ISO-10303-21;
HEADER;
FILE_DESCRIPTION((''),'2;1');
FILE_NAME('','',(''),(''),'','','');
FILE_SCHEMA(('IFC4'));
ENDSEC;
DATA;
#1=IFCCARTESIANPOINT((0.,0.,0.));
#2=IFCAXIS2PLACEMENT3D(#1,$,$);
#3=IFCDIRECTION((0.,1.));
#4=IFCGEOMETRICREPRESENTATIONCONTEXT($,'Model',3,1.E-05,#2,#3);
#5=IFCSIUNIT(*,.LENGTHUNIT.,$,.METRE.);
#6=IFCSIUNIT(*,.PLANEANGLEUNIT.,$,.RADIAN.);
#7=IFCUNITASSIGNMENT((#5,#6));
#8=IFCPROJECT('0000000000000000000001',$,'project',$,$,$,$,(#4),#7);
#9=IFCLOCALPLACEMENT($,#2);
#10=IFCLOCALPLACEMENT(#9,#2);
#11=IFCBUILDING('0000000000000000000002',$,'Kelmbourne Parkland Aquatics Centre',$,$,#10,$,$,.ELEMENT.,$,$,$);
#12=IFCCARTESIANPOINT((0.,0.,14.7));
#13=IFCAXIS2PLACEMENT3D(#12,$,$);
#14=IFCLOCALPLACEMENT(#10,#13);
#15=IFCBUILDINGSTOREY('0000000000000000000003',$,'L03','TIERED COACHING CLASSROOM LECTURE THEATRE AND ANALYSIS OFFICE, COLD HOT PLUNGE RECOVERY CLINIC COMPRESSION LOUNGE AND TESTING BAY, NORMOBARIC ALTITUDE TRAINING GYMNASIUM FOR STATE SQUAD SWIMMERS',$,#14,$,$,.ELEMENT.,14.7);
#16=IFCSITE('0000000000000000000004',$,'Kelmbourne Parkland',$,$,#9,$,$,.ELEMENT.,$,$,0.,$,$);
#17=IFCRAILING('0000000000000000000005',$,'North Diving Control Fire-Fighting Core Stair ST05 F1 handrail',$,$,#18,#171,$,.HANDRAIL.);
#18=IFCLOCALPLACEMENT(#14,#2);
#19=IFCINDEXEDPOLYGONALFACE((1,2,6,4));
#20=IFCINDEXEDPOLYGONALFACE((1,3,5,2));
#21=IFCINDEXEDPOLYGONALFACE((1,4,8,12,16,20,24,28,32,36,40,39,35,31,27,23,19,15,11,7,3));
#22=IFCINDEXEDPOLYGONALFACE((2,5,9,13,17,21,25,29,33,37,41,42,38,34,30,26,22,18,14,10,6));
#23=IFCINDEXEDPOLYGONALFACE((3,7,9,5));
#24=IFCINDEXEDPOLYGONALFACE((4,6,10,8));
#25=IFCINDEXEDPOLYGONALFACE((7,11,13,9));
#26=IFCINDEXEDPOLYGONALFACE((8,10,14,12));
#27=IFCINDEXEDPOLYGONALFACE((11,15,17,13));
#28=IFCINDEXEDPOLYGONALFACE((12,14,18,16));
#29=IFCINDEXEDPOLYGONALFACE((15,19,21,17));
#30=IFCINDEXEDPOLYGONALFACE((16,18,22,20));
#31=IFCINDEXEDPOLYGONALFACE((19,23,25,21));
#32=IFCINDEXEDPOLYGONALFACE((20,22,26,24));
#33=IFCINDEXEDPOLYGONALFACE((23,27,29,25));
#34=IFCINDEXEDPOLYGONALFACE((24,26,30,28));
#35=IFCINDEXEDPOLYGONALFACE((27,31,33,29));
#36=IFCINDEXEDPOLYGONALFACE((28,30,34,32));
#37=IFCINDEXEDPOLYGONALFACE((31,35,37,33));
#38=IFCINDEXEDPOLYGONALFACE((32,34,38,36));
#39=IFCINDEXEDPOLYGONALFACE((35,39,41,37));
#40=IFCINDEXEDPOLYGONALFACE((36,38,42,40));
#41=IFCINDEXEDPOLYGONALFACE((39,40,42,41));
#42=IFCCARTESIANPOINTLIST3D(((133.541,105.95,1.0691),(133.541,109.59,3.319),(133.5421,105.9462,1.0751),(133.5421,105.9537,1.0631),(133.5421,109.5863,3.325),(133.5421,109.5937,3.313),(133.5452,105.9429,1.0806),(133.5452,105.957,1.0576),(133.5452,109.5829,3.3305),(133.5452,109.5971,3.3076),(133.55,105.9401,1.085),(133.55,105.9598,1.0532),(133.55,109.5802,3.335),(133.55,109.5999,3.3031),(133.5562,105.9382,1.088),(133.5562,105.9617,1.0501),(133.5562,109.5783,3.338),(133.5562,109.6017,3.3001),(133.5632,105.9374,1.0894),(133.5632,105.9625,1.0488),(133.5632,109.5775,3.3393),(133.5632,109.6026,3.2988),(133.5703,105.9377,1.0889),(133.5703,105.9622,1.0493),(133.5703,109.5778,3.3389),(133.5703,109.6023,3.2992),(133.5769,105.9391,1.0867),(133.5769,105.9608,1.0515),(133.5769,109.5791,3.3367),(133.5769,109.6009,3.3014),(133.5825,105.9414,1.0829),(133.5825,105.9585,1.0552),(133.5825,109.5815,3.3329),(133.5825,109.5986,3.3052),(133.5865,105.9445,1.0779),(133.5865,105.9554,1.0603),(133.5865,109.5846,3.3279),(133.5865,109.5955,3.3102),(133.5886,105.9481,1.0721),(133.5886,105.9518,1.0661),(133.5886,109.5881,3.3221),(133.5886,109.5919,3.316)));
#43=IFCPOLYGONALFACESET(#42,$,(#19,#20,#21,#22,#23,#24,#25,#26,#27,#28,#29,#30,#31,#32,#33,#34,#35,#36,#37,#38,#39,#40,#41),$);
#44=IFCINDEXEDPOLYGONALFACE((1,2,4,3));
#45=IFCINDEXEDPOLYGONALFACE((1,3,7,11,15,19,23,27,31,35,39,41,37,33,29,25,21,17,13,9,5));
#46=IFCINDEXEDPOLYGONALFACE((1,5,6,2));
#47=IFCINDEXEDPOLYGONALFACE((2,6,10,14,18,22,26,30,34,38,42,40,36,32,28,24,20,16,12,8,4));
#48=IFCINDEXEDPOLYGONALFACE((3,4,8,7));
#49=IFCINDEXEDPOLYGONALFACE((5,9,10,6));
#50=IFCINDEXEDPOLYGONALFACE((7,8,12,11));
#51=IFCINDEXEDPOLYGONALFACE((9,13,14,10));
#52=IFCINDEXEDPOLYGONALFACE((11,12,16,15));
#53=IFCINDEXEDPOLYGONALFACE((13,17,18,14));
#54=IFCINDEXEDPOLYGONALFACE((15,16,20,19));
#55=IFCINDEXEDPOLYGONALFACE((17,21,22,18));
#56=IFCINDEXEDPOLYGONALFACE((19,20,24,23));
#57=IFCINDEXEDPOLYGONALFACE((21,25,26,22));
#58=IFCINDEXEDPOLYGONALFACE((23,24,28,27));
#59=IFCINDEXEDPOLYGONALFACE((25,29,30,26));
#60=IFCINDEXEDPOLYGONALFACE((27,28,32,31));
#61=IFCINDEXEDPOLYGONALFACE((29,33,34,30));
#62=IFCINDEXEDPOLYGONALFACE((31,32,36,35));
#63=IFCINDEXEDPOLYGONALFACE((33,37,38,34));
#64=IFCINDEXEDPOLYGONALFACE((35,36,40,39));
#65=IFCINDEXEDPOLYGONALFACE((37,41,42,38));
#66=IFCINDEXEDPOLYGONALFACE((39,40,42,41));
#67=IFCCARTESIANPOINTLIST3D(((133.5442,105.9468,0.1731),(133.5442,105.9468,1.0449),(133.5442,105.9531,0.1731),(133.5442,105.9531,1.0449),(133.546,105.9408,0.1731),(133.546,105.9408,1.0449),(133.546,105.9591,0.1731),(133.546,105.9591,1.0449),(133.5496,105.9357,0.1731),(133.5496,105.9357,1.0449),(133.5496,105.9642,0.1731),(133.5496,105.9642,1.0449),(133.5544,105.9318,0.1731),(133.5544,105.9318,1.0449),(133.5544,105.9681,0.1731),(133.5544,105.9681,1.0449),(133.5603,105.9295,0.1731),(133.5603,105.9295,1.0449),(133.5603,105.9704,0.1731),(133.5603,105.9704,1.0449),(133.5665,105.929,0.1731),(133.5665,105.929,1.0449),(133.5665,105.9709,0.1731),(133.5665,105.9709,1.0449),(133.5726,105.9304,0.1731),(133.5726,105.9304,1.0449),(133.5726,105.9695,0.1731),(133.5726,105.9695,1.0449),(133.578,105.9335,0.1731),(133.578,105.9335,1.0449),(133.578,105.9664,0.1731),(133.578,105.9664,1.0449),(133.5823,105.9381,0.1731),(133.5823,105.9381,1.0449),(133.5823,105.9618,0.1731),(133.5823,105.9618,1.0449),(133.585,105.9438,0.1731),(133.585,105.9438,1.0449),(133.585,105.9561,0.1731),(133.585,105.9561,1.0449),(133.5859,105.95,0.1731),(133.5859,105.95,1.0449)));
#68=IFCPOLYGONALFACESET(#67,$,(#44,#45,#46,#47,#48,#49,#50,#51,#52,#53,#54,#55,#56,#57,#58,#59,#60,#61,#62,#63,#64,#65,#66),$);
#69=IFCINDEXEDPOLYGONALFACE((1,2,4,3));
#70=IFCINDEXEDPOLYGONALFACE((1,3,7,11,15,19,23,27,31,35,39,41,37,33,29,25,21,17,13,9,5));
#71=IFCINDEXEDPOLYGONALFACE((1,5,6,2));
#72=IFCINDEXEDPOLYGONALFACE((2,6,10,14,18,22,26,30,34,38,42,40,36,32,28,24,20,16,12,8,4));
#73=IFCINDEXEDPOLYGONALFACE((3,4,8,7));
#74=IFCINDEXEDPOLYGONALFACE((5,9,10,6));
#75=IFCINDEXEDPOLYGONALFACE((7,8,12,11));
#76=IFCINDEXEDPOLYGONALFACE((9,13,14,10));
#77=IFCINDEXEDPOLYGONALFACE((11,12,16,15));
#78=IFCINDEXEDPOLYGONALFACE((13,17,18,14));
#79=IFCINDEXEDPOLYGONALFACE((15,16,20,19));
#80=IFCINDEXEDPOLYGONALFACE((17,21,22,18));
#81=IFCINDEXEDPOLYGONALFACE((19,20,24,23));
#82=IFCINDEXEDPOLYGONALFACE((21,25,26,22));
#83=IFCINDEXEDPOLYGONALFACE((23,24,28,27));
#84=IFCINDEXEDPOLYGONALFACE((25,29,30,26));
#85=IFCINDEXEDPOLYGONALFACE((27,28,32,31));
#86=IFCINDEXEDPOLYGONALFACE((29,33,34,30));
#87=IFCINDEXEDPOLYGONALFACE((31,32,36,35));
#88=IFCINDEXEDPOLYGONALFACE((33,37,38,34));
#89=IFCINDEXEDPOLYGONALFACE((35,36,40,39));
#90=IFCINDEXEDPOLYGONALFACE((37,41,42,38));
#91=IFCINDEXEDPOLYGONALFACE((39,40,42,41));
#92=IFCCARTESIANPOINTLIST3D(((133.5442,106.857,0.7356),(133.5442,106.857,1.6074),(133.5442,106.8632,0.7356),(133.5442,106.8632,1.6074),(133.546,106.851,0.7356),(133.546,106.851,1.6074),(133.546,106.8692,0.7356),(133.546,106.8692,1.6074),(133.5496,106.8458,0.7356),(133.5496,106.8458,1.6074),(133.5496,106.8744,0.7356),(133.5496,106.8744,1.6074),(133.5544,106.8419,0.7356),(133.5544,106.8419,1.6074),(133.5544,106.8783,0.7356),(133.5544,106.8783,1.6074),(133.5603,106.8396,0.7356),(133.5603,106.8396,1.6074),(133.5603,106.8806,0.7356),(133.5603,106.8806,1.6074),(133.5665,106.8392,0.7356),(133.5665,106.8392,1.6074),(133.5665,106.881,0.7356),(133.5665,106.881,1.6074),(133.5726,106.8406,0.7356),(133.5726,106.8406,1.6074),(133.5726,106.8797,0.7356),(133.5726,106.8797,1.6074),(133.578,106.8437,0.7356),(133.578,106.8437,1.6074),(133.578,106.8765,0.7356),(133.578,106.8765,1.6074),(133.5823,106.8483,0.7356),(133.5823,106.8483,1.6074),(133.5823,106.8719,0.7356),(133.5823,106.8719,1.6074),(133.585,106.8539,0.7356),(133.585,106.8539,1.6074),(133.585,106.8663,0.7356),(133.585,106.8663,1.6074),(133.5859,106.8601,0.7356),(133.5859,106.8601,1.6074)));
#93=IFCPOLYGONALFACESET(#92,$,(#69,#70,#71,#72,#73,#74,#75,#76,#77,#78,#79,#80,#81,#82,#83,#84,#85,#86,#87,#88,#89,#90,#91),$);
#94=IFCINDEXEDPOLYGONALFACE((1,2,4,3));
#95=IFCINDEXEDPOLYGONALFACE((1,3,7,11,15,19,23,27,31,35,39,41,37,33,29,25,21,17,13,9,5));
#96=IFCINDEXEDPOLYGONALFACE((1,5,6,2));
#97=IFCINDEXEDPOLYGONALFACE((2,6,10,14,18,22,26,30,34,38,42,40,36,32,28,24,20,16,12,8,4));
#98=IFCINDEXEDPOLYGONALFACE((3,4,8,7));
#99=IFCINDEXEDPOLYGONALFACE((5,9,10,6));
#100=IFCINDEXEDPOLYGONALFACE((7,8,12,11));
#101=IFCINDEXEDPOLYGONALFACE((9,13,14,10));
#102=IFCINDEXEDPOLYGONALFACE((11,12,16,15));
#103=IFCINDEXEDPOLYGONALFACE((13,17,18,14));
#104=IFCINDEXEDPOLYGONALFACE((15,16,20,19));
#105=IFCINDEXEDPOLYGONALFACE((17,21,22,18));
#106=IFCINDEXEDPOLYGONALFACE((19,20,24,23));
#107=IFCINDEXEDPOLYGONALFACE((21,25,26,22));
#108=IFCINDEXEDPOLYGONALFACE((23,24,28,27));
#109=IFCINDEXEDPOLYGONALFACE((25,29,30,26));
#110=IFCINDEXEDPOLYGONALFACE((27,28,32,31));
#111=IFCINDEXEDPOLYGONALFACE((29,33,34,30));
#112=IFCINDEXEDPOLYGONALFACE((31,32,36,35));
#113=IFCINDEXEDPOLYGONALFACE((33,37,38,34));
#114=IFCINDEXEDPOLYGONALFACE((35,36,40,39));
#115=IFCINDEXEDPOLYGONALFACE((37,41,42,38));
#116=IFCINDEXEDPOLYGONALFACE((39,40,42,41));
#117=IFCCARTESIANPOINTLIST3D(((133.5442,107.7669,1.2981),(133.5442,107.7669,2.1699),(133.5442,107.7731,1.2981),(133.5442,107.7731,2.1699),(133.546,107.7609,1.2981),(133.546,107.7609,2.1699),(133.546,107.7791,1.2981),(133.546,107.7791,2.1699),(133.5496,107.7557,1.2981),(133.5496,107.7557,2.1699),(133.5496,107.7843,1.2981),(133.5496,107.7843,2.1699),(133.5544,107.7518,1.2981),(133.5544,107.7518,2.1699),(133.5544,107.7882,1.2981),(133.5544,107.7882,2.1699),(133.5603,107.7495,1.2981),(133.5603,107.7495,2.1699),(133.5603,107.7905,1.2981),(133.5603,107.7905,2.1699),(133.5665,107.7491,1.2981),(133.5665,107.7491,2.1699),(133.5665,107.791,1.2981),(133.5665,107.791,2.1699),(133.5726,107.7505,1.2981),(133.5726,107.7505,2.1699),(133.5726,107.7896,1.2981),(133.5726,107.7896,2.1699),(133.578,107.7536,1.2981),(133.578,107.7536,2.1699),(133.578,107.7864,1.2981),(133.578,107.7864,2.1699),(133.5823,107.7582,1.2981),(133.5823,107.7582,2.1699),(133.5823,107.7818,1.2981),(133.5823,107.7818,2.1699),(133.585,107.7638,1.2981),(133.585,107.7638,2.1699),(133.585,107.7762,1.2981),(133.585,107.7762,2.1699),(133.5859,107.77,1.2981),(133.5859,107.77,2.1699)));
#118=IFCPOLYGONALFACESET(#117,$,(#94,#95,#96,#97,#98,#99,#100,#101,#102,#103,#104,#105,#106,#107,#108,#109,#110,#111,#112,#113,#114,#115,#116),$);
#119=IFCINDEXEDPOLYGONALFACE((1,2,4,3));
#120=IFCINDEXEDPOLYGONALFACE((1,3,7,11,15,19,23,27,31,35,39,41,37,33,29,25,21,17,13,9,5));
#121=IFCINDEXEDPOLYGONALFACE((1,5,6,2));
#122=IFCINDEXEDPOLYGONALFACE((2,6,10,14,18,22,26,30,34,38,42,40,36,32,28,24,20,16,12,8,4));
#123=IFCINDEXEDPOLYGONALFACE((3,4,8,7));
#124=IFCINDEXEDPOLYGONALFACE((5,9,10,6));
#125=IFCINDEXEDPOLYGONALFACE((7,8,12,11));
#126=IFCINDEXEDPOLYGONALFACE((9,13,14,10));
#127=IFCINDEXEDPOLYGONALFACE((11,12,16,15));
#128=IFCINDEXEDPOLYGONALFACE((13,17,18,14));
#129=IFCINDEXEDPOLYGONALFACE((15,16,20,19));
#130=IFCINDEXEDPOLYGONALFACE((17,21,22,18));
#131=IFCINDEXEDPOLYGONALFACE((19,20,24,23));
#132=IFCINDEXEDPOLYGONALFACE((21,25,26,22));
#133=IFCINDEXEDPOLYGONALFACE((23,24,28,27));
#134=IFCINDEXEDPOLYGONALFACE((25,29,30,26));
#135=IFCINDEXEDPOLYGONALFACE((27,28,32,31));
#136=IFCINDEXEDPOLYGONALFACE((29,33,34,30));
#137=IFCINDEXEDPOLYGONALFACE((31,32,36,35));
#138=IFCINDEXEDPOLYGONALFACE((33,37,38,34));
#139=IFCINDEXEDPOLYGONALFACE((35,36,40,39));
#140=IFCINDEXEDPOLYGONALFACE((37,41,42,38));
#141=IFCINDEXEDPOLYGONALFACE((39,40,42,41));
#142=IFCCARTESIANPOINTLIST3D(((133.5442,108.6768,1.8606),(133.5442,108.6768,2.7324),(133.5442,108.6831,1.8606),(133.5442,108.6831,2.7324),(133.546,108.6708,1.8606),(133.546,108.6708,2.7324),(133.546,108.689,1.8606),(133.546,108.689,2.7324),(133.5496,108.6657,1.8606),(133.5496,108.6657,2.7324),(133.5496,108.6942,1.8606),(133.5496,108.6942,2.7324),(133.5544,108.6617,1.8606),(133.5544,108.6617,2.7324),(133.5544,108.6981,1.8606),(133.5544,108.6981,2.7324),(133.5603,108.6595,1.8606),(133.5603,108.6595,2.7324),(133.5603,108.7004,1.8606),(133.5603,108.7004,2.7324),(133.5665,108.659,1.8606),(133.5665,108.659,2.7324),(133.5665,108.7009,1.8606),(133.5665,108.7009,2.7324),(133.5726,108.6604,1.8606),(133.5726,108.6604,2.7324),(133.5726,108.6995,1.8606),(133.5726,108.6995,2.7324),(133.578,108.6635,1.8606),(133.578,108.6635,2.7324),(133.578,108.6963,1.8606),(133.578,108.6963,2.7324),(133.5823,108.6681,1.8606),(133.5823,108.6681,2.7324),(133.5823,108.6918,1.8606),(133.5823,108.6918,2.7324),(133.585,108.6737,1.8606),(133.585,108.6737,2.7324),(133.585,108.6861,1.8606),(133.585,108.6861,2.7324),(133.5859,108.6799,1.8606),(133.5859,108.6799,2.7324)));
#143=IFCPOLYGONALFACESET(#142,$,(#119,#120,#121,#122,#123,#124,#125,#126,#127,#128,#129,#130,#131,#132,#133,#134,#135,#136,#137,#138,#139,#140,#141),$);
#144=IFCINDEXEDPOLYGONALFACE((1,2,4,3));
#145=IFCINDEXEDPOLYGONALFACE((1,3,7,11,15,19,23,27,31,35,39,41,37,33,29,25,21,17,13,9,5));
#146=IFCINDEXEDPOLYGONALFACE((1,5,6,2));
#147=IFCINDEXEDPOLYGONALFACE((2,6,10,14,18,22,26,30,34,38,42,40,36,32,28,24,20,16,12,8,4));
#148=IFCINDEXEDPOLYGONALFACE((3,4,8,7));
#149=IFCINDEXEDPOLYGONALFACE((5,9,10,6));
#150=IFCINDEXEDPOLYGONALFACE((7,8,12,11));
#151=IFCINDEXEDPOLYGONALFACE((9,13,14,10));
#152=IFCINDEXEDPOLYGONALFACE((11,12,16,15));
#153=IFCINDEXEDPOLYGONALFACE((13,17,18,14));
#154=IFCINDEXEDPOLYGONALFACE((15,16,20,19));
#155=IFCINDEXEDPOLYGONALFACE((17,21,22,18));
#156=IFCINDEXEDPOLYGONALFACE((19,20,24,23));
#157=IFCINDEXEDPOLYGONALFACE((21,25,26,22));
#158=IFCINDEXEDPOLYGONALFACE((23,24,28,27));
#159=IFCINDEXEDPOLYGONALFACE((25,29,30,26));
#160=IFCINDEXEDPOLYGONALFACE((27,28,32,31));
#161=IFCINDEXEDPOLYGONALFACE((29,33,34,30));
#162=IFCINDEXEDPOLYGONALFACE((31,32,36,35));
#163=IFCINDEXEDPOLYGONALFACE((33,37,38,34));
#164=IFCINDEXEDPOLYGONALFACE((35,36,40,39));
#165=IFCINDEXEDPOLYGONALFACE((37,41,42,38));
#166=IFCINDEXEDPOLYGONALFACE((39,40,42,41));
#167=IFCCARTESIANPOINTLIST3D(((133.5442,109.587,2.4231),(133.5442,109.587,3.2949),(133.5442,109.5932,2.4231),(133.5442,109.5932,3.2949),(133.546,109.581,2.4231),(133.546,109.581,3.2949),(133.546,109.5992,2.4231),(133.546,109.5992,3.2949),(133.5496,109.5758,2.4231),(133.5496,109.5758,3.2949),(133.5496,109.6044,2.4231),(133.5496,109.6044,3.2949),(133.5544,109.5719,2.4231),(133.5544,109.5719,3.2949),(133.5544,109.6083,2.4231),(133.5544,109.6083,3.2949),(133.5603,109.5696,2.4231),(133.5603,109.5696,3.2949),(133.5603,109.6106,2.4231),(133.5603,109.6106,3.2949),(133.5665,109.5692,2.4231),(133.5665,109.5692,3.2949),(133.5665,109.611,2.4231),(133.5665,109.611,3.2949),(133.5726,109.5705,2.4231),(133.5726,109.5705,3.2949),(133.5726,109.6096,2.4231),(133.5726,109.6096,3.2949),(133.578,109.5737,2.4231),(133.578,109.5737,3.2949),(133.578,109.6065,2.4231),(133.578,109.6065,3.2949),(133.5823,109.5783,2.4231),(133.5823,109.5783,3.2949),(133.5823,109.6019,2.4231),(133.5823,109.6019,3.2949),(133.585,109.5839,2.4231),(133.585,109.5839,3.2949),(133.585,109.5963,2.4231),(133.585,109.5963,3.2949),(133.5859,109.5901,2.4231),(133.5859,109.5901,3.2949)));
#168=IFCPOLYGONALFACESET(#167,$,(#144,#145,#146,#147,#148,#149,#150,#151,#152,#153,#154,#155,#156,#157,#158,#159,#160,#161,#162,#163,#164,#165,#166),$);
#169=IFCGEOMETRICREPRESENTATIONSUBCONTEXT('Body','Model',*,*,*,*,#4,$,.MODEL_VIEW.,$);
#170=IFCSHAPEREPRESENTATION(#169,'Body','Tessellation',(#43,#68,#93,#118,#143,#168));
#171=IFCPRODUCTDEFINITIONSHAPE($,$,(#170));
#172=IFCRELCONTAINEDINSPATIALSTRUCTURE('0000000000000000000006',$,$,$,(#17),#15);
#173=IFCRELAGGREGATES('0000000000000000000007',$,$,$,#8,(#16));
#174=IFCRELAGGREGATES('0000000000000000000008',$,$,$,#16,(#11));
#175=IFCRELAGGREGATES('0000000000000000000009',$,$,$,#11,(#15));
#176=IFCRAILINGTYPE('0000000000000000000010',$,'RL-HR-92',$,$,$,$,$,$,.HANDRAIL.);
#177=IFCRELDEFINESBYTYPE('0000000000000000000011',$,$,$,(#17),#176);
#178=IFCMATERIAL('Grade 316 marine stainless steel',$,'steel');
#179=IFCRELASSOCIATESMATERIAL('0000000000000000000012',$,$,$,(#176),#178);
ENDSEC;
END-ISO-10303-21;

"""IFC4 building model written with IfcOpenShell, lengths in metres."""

from ifc_helpers import new_model, si_unit, direction, frame, origin, origin_2d, place, context, subcontext, project, spatial, circle, extrude, material, type_object, element, save


model = new_model("IFC4")

# Units and contexts
model_context = context("Model", 3, precision=1e-05, world=origin(), true_north=direction((0.0, 1.0)))
body_context = subcontext(model_context, "Body", "Model", "MODEL_VIEW")
ifc_project = project(units=[si_unit("LENGTHUNIT", "METRE"), si_unit("PLANEANGLEUNIT", "RADIAN")], contexts=[model_context])

# Site, building, storey
site_placement = place(None, origin())
site = spatial("IfcSite", under=ifc_project, at=site_placement, Name="Kelmbourne Parkland", CompositionType="ELEMENT", RefElevation=0.0)
building_placement = place(site_placement, origin())
building = spatial("IfcBuilding", under=site, at=building_placement, Name="Kelmbourne Parkland Aquatics Centre", CompositionType="ELEMENT")
storey_placement = place(building_placement, frame((0.0, 0.0, 14.7)))
storey = spatial("IfcBuildingStorey", under=building, at=storey_placement, Name="L03", Description="TIERED COACHING CLASSROOM LECTURE THEATRE AND ANALYSIS OFFICE, COLD HOT PLUNGE RECOVERY CLINIC COMPRESSION LOUNGE AND TESTING BAY, NORMOBARIC ALTITUDE TRAINING GYMNASIUM FOR STATE SQUAD SWIMMERS", CompositionType="ELEMENT", Elevation=14.7)

# Railing
ifc_material_1 = material(Name="Grade 316 marine stainless steel", Category="steel")
railing_type_1 = type_object("IfcRailingType", Name="RL-HR-92", PredefinedType="HANDRAIL", material=ifc_material_1)
railing_1_placement = place(storey_placement, frame((133.5649, 105.95, 0.1731)))
element("IfcRailing", 1, at=railing_1_placement, inside=storey, type_object=railing_type_1, Name="North Diving Control Fire-Fighting Core Stair ST05 F1 handrail", PredefinedType="HANDRAIL", context=body_context, shape_type="SweptSolid", body=[
    extrude(circle(Radius=0.0239, at=origin_2d()), frame((0.0, 0.0, 0.896), z_axis=(0.0, 0.850622, 0.525777), x_axis=(-1.0, 0.0, 0.0)), (0.0, 0.0, 1.0), 4.2793),
    extrude(circle(Radius=0.021, at=origin_2d()), origin(), (0.0, 0.0, 1.0), 0.8718),
    extrude(circle(Radius=0.021, at=origin_2d()), frame((0.0, 0.9102, 0.5625)), (0.0, 0.0, 1.0), 0.8718),
    extrude(circle(Radius=0.021, at=origin_2d()), frame((0.0, 1.8201, 1.125)), (0.0, 0.0, 1.0), 0.8718),
    extrude(circle(Radius=0.021, at=origin_2d()), frame((0.0, 2.73, 1.6875)), (0.0, 0.0, 1.0), 0.8718),
    extrude(circle(Radius=0.021, at=origin_2d()), frame((0.0, 3.6401, 2.25)), (0.0, 0.0, 1.0), 0.8718),
])

save(model, "model.ifc")
